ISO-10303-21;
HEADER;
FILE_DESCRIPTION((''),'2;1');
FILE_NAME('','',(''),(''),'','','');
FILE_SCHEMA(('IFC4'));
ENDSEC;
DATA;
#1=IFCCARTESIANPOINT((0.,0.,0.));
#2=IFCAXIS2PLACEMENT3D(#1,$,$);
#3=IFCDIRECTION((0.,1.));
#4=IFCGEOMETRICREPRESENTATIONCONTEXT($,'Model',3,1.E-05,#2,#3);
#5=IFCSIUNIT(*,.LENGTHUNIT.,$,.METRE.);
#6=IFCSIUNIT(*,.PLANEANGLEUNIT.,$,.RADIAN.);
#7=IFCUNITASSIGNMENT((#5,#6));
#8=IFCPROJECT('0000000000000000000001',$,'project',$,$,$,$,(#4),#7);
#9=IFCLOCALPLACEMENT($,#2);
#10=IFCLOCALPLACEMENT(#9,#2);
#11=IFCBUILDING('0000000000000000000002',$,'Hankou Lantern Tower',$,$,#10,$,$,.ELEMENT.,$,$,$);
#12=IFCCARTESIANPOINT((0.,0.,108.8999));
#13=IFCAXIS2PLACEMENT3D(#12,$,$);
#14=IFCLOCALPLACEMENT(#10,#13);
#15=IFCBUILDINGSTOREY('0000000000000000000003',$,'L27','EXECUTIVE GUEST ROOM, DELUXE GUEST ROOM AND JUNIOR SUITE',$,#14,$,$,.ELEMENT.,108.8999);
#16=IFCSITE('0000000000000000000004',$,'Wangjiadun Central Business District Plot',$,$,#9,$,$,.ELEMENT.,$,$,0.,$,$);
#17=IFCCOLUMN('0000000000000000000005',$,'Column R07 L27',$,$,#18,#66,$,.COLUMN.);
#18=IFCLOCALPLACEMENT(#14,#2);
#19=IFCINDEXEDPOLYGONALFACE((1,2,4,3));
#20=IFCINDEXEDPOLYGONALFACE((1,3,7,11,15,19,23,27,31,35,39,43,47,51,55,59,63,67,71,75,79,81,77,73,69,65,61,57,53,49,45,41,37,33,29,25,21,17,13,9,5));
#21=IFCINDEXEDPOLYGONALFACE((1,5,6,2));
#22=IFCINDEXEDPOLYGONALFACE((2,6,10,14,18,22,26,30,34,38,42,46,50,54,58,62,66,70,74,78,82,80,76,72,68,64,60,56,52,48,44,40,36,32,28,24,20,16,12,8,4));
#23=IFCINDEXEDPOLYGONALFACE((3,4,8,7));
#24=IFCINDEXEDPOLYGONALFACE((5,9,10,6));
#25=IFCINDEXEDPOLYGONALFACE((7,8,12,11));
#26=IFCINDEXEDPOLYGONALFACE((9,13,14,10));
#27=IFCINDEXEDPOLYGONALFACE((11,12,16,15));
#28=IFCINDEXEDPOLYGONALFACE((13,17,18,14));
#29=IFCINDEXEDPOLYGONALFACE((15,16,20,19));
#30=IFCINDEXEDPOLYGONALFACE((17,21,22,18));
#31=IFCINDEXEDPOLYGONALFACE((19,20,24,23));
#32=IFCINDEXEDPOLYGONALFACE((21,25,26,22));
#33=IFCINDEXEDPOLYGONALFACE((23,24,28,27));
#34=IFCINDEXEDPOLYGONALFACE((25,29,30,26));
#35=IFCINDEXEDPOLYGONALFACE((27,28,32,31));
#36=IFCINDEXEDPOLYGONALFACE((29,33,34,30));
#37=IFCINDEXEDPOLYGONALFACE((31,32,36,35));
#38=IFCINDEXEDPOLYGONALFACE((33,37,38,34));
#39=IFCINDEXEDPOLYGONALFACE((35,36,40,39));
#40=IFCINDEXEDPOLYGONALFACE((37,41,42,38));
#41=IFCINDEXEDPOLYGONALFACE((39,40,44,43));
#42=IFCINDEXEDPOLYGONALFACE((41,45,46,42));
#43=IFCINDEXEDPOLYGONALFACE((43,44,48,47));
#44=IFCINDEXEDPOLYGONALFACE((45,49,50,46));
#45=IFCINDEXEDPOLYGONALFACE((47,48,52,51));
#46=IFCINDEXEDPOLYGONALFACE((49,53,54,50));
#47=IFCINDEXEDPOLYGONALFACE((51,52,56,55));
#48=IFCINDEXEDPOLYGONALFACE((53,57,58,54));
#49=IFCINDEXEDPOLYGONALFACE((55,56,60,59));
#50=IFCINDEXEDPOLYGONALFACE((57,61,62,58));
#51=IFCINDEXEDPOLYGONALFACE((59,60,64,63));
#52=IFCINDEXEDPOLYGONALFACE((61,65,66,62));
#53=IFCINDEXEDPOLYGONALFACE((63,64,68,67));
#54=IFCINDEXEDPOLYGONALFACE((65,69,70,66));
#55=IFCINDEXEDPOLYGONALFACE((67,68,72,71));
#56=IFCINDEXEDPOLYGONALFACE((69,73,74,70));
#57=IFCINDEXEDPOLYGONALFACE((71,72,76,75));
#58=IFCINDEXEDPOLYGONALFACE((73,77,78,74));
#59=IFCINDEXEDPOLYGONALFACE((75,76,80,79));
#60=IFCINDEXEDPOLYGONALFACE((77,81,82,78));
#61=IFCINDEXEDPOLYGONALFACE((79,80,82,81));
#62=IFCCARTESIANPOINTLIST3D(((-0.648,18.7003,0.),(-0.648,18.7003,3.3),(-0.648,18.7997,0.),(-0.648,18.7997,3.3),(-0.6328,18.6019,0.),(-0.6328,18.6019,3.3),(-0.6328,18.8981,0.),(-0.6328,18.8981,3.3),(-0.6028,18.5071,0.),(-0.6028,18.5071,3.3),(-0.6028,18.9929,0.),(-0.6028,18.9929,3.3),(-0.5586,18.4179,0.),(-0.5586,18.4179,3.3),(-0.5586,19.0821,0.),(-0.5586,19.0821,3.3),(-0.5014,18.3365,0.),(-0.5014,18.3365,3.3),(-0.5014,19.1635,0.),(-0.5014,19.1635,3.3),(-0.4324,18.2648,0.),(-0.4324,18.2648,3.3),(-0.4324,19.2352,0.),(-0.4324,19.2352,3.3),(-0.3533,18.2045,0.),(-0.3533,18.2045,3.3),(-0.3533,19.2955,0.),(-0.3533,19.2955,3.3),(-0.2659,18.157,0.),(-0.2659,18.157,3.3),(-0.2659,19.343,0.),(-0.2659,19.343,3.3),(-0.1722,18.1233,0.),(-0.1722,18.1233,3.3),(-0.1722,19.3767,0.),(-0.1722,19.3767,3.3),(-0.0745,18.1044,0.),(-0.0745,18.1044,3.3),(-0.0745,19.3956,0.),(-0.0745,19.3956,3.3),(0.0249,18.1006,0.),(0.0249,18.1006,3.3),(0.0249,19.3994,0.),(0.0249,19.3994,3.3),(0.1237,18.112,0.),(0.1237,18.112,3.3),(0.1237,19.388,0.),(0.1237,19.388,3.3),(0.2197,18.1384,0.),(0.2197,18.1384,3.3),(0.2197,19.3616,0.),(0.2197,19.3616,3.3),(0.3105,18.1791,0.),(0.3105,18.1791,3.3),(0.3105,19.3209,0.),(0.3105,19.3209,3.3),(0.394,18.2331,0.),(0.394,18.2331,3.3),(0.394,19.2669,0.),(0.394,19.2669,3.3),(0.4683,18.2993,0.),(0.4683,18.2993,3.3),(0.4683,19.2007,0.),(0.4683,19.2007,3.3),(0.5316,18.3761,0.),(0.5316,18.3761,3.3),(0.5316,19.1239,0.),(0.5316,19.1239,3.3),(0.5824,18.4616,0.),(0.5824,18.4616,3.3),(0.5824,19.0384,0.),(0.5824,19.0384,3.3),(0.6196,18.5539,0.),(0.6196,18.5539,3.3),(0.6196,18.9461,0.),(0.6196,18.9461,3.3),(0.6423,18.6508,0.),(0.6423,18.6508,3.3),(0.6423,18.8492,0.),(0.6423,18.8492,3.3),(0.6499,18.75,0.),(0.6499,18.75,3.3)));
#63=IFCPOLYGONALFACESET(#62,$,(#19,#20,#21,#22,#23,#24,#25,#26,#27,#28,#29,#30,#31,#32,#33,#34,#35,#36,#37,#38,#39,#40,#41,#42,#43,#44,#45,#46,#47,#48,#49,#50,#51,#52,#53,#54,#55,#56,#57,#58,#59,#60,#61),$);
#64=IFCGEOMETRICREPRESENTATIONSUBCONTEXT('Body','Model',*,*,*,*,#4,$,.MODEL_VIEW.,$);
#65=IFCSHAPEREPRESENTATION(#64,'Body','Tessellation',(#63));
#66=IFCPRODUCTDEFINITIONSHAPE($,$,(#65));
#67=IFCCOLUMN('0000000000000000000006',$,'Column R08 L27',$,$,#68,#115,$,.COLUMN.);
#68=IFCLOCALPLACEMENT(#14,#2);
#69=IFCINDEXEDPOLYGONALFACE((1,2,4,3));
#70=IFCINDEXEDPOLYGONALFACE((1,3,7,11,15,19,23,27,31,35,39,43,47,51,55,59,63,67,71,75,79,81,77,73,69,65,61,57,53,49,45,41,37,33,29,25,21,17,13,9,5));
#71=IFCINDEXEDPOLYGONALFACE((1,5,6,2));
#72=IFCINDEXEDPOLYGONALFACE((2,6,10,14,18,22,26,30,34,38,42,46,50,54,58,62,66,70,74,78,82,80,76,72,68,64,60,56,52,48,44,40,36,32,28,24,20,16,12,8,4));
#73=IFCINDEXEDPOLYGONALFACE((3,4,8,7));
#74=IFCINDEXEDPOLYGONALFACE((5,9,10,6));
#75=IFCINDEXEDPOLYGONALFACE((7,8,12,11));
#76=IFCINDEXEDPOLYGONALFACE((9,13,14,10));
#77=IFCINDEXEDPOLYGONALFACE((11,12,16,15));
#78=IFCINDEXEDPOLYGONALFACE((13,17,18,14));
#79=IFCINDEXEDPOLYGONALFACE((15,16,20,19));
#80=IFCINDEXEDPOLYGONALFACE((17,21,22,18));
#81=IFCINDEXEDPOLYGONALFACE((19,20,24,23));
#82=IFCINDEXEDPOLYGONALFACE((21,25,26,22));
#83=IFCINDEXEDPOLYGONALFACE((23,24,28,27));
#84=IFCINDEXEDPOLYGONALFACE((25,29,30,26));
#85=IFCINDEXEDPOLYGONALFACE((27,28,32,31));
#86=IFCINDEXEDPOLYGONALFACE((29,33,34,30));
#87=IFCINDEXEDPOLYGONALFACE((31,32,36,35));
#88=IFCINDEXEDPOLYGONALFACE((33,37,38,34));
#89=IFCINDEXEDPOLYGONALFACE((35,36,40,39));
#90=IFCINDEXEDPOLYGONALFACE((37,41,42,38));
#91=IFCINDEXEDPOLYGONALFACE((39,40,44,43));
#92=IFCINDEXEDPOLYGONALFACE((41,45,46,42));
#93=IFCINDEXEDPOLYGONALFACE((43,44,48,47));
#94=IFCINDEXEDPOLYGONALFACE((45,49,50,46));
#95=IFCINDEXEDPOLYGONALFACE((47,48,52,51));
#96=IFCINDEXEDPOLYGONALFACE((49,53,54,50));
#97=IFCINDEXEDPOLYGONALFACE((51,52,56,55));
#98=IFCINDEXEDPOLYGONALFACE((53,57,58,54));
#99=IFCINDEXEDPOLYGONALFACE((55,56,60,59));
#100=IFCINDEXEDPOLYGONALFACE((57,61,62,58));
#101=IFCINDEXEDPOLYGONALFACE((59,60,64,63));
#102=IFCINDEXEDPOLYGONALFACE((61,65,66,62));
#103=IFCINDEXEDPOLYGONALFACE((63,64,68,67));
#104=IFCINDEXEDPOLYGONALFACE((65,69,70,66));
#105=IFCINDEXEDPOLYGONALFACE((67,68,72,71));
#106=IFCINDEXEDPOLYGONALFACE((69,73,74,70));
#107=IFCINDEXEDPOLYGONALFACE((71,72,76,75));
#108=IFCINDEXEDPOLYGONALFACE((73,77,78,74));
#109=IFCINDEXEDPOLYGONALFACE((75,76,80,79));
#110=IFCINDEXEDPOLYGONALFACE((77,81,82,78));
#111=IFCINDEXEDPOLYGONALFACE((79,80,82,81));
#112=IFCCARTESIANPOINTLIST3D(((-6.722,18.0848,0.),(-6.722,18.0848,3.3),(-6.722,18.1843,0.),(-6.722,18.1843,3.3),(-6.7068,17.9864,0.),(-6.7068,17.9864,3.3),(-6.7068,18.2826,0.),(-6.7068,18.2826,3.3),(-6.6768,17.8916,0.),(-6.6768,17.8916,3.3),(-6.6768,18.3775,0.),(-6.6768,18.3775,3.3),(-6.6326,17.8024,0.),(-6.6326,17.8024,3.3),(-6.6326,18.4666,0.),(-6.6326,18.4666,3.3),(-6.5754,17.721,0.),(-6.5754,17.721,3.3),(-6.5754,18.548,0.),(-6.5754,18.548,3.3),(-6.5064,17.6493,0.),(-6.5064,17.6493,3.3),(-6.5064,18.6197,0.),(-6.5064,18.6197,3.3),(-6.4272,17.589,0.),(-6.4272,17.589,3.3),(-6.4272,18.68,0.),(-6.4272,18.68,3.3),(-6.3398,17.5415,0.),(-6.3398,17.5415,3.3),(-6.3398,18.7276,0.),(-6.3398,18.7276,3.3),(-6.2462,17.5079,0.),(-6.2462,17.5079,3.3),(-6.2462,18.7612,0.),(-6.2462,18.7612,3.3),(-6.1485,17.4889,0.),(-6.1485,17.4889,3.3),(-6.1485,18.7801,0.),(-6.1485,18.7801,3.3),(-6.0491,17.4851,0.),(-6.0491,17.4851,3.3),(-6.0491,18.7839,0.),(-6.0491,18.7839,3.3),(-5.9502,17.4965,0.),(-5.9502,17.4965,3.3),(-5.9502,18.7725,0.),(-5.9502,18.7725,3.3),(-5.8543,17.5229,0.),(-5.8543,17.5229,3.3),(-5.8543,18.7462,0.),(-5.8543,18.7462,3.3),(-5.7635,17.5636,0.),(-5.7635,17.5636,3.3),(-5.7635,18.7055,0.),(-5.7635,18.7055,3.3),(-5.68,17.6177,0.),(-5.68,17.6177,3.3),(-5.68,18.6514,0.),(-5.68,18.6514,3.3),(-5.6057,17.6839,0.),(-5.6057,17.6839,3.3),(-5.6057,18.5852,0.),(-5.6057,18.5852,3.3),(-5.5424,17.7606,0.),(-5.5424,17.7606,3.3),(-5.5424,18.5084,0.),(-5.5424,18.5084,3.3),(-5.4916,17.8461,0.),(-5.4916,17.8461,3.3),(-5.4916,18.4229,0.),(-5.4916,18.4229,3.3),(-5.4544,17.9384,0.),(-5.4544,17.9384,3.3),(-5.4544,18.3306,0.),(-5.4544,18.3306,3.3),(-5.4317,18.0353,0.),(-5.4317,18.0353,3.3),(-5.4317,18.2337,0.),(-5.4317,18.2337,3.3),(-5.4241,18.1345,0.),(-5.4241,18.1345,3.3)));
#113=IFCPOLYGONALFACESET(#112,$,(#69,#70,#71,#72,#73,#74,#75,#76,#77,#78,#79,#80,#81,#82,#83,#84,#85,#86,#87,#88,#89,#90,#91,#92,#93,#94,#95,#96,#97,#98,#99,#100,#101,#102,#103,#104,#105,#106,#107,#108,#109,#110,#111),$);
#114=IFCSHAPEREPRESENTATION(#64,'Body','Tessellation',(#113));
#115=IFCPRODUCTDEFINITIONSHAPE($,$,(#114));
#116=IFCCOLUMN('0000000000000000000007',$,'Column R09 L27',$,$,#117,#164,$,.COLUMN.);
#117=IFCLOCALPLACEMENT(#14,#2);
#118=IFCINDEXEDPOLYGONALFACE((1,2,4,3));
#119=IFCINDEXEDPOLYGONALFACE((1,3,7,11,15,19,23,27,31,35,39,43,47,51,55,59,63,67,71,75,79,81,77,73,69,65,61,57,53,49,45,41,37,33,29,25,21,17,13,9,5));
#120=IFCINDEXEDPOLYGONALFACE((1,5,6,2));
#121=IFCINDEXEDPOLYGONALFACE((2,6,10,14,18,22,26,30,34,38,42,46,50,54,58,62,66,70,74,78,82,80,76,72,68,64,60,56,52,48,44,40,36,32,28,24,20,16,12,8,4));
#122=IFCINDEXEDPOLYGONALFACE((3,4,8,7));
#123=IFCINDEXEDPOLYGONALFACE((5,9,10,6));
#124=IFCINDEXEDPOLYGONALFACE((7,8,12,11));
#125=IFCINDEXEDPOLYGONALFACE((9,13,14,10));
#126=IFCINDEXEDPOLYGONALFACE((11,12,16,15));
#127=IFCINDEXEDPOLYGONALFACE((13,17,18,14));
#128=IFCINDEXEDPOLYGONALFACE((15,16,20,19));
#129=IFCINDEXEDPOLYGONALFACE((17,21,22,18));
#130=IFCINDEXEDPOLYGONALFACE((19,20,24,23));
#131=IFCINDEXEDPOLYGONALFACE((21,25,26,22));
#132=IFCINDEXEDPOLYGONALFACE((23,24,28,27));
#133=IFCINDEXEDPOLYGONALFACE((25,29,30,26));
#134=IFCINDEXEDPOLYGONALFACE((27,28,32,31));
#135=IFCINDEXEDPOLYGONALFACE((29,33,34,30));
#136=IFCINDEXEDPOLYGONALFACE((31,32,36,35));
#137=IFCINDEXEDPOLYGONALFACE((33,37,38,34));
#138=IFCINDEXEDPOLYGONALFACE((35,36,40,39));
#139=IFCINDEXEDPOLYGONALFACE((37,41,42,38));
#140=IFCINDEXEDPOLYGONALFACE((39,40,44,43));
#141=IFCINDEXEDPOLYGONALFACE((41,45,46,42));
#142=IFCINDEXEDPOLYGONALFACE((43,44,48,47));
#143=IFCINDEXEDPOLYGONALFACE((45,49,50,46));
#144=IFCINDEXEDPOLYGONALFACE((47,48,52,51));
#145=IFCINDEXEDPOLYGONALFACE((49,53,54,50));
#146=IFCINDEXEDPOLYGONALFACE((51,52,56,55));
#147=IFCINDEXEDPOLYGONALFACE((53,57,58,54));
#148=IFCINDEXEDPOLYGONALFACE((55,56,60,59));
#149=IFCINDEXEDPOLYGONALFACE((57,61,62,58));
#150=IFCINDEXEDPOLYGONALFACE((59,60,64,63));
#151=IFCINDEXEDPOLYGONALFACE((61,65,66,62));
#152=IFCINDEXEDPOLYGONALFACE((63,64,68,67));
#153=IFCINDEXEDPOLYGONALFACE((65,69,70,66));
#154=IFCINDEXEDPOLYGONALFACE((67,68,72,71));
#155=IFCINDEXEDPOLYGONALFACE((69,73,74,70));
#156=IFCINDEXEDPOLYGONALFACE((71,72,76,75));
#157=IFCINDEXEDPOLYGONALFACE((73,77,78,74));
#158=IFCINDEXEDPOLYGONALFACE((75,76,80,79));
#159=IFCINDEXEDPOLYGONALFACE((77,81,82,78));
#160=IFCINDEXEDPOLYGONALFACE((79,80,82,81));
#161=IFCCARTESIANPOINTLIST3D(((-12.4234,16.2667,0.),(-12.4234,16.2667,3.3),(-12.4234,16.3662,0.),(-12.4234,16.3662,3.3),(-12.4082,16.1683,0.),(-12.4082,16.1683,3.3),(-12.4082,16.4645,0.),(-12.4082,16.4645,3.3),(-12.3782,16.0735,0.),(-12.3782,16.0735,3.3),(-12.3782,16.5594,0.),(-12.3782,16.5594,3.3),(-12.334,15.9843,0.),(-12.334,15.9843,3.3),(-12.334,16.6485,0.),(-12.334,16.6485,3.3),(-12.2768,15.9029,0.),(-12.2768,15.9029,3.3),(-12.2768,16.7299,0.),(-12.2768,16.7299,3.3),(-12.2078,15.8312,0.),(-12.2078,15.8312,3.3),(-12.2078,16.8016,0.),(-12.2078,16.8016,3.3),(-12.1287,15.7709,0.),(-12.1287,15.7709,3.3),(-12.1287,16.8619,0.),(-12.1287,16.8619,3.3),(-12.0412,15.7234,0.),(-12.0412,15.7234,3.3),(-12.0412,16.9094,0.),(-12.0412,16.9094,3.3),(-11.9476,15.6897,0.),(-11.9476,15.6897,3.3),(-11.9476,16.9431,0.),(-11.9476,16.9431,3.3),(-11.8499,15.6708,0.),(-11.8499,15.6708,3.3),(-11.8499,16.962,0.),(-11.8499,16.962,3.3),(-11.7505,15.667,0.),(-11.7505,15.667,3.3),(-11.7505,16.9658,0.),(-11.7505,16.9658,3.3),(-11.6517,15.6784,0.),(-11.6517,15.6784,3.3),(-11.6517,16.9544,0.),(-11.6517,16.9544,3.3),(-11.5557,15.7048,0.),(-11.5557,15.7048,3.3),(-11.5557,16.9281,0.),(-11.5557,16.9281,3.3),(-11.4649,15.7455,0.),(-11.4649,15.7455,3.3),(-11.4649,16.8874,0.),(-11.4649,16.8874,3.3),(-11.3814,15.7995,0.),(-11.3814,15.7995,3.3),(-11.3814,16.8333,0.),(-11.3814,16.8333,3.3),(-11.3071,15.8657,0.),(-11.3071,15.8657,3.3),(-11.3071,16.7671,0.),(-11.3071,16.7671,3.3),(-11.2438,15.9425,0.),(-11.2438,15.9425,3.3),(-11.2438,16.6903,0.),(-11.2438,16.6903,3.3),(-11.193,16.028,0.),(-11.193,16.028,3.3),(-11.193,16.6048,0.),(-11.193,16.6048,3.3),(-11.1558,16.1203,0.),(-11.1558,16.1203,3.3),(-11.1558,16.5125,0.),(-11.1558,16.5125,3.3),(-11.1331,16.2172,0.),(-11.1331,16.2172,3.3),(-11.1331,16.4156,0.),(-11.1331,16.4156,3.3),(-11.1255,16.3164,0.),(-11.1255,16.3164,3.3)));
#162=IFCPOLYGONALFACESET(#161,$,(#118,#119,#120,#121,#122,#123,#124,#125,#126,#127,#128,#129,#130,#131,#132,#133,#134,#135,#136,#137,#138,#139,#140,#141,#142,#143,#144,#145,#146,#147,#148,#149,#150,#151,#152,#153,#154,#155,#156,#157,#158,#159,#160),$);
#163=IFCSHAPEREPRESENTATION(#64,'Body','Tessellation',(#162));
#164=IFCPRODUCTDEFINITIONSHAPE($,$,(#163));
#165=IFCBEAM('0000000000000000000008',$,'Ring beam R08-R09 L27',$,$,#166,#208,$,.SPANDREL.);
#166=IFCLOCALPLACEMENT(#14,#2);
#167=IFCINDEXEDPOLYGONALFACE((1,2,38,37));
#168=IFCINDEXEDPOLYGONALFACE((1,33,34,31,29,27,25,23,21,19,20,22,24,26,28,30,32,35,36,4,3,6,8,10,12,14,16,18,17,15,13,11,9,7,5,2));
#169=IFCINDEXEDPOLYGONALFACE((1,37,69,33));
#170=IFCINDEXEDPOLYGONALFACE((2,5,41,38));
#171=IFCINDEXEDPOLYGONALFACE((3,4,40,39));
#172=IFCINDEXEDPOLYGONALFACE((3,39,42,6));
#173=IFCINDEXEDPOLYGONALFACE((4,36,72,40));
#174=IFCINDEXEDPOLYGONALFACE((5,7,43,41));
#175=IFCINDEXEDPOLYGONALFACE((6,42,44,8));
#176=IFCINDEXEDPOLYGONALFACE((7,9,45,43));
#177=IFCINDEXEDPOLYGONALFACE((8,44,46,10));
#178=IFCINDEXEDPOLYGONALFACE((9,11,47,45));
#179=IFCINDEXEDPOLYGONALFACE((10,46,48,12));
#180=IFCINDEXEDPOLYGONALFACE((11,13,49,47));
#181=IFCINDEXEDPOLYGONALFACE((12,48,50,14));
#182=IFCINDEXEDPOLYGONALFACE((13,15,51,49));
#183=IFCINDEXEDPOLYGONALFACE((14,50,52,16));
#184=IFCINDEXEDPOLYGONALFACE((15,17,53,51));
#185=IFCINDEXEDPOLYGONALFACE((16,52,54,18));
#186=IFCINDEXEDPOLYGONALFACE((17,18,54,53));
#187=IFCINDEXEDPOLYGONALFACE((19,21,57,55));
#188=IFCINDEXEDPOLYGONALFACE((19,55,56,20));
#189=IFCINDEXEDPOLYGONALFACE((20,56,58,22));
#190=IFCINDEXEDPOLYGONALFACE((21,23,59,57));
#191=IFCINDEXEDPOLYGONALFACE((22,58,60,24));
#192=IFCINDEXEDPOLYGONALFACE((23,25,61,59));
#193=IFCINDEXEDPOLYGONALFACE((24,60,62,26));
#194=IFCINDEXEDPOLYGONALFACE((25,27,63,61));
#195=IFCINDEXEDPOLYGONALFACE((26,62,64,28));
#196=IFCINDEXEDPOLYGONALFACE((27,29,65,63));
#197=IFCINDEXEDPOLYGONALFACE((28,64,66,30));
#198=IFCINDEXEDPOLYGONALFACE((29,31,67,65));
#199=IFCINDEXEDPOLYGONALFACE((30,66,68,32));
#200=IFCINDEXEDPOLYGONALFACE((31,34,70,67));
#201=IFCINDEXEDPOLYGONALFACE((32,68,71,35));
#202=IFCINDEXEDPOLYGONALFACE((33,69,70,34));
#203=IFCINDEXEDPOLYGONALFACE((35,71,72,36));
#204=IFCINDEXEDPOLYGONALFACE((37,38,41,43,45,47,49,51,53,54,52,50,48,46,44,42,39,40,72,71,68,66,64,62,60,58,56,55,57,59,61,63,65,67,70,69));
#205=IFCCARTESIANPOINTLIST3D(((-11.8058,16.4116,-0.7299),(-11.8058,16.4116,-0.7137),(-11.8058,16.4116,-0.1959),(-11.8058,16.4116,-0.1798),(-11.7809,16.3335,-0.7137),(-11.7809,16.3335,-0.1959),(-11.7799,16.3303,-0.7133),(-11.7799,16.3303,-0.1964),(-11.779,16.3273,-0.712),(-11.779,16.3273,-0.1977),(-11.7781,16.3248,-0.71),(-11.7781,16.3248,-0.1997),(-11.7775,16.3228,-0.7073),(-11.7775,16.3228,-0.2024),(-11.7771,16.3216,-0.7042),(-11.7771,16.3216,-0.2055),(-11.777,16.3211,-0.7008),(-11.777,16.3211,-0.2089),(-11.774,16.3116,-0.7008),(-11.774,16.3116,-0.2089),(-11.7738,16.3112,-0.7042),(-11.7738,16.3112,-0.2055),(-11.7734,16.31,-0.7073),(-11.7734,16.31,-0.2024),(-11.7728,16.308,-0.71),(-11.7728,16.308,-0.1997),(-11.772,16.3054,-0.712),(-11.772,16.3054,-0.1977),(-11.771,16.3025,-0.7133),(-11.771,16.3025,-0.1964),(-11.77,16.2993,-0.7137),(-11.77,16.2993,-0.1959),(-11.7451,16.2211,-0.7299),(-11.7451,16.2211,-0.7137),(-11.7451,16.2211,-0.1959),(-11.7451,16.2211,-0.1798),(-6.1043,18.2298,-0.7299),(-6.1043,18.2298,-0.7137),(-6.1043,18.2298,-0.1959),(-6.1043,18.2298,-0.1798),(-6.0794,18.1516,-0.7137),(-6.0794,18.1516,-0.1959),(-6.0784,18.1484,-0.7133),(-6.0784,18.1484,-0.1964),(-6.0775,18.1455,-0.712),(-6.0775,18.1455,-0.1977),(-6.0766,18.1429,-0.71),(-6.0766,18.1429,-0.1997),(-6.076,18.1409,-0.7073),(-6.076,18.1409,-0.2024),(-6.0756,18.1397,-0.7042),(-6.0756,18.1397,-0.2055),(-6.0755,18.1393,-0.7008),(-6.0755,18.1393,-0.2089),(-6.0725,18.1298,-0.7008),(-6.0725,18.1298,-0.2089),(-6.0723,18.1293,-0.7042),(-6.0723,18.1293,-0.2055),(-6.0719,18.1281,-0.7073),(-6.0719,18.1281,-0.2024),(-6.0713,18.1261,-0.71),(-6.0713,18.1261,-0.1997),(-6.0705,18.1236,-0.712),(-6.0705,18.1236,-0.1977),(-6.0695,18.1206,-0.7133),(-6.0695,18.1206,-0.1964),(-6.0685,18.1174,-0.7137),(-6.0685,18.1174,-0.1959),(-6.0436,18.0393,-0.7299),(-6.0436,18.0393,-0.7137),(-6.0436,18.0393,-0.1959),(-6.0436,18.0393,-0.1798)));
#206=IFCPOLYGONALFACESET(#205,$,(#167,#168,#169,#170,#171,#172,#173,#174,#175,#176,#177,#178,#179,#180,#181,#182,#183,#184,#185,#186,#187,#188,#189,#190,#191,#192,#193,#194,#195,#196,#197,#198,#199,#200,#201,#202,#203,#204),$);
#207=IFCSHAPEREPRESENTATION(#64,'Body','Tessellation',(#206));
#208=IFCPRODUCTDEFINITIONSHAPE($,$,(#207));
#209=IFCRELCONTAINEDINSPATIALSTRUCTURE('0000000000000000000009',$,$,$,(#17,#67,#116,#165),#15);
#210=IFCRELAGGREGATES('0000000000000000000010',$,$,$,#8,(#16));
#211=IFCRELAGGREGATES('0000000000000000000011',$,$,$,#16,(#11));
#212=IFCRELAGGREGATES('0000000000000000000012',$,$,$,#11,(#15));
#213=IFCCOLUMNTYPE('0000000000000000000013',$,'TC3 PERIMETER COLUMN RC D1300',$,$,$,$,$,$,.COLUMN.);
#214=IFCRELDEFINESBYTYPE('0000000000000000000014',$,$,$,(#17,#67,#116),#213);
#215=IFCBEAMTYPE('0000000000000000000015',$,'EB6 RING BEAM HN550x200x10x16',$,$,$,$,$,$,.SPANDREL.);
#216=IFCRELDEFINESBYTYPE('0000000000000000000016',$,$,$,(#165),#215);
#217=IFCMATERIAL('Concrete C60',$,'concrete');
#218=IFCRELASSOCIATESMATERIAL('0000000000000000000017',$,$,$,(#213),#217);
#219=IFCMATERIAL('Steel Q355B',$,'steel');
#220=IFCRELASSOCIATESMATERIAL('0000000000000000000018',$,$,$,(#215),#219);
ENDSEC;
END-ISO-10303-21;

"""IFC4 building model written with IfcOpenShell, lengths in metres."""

from ifc_helpers import new_model, si_unit, direction, frame, origin, origin_2d, place, context, subcontext, project, spatial, circle, i_section, extrude, material, material_profile, profile_set, type_object, element, save


model = new_model("IFC4")

# Units and contexts
model_context = context("Model", 3, precision=1e-05, world=origin(), true_north=direction((0.0, 1.0)))
body_context = subcontext(model_context, "Body", "Model", "MODEL_VIEW")
ifc_project = project(units=[si_unit("LENGTHUNIT", "METRE"), si_unit("PLANEANGLEUNIT", "RADIAN")], contexts=[model_context])

# Site, building, storey
site_placement = place(None, origin())
site = spatial("IfcSite", under=ifc_project, at=site_placement, Name="Wangjiadun Central Business District Plot", CompositionType="ELEMENT", RefElevation=0.0)
building_placement = place(site_placement, origin())
building = spatial("IfcBuilding", under=site, at=building_placement, Name="Hankou Lantern Tower", CompositionType="ELEMENT")
storey_placement = place(building_placement, frame((0.0, 0.0, 108.8999)))
storey = spatial("IfcBuildingStorey", under=building, at=storey_placement, Name="L27", Description="EXECUTIVE GUEST ROOM, DELUXE GUEST ROOM AND JUNIOR SUITE", CompositionType="ELEMENT", Elevation=108.8999)

# Columns
ifc_material_1 = material(Name="Concrete C60", Category="concrete")
ifc_material_profile_1 = material_profile(ifc_material_1, circle(Radius=0.6499, at=origin_2d()), Name="RC D1300")
ifc_profile_set_1 = profile_set([ifc_material_profile_1], Name="Concrete C60")
column_type = type_object("IfcColumnType", Name="TC3 PERIMETER COLUMN RC D1300", PredefinedType="COLUMN", material=ifc_profile_set_1)
for number, where, z_axis, x_axis, name in (
    (1, (0.0, 18.75, 0.0), (0.0, 0.0, 1.0), (1.0, 0.0, 0.0), "Column R07 L27"),
    (2, (-6.074, 18.1345, 0.0), (0.0, 0.0, 1.0), (1.0, 0.0, 0.0), "Column R08 L27"),
    (3, (-11.7754, 16.3164, 0.0), (0.0, 0.0, 1.0), (1.0, 0.0, 0.0), "Column R09 L27"),
):
    element("IfcColumn", number, at=place(storey_placement, frame(where, z_axis=z_axis, x_axis=x_axis)), inside=storey, type_object=column_type, Name=name, PredefinedType="COLUMN", context=body_context, shape_type="SweptSolid", body=[
        extrude(circle(Radius=0.6499, at=origin_2d()), origin(), (0.0, 0.0, 1.0), 3.3),
    ])

# Beam
ifc_material_2 = material(Name="Steel Q355B", Category="steel")
ifc_material_profile_2 = material_profile(ifc_material_2, i_section(OverallWidth=0.2, OverallDepth=0.55, WebThickness=0.01, FlangeThickness=0.0161, FilletRadius=0.0129, at=origin_2d()), Name="HN550x200x10x16")
ifc_profile_set_2 = profile_set([ifc_material_profile_2], Name="Steel Q355B")
beam_type_1 = type_object("IfcBeamType", Name="EB6 RING BEAM HN550x200x10x16", PredefinedType="SPANDREL", material=ifc_profile_set_2)
beam_1_placement = place(storey_placement, frame((-6.074, 18.1345, -0.4548), z_axis=(-0.952731, -0.303815, 0.0), x_axis=(0.303815, -0.952731, 0.0)))
element("IfcBeam", 4, at=beam_1_placement, inside=storey, type_object=beam_type_1, Name="Ring beam R08-R09 L27", PredefinedType="SPANDREL", context=body_context, shape_type="SweptSolid", body=[
    extrude(i_section(OverallWidth=0.2, OverallDepth=0.55, WebThickness=0.01, FlangeThickness=0.0161, FilletRadius=0.0129, at=origin_2d()), origin(), (0.0, 0.0, 1.0), 5.9844),
])

save(model, "model.ifc")
